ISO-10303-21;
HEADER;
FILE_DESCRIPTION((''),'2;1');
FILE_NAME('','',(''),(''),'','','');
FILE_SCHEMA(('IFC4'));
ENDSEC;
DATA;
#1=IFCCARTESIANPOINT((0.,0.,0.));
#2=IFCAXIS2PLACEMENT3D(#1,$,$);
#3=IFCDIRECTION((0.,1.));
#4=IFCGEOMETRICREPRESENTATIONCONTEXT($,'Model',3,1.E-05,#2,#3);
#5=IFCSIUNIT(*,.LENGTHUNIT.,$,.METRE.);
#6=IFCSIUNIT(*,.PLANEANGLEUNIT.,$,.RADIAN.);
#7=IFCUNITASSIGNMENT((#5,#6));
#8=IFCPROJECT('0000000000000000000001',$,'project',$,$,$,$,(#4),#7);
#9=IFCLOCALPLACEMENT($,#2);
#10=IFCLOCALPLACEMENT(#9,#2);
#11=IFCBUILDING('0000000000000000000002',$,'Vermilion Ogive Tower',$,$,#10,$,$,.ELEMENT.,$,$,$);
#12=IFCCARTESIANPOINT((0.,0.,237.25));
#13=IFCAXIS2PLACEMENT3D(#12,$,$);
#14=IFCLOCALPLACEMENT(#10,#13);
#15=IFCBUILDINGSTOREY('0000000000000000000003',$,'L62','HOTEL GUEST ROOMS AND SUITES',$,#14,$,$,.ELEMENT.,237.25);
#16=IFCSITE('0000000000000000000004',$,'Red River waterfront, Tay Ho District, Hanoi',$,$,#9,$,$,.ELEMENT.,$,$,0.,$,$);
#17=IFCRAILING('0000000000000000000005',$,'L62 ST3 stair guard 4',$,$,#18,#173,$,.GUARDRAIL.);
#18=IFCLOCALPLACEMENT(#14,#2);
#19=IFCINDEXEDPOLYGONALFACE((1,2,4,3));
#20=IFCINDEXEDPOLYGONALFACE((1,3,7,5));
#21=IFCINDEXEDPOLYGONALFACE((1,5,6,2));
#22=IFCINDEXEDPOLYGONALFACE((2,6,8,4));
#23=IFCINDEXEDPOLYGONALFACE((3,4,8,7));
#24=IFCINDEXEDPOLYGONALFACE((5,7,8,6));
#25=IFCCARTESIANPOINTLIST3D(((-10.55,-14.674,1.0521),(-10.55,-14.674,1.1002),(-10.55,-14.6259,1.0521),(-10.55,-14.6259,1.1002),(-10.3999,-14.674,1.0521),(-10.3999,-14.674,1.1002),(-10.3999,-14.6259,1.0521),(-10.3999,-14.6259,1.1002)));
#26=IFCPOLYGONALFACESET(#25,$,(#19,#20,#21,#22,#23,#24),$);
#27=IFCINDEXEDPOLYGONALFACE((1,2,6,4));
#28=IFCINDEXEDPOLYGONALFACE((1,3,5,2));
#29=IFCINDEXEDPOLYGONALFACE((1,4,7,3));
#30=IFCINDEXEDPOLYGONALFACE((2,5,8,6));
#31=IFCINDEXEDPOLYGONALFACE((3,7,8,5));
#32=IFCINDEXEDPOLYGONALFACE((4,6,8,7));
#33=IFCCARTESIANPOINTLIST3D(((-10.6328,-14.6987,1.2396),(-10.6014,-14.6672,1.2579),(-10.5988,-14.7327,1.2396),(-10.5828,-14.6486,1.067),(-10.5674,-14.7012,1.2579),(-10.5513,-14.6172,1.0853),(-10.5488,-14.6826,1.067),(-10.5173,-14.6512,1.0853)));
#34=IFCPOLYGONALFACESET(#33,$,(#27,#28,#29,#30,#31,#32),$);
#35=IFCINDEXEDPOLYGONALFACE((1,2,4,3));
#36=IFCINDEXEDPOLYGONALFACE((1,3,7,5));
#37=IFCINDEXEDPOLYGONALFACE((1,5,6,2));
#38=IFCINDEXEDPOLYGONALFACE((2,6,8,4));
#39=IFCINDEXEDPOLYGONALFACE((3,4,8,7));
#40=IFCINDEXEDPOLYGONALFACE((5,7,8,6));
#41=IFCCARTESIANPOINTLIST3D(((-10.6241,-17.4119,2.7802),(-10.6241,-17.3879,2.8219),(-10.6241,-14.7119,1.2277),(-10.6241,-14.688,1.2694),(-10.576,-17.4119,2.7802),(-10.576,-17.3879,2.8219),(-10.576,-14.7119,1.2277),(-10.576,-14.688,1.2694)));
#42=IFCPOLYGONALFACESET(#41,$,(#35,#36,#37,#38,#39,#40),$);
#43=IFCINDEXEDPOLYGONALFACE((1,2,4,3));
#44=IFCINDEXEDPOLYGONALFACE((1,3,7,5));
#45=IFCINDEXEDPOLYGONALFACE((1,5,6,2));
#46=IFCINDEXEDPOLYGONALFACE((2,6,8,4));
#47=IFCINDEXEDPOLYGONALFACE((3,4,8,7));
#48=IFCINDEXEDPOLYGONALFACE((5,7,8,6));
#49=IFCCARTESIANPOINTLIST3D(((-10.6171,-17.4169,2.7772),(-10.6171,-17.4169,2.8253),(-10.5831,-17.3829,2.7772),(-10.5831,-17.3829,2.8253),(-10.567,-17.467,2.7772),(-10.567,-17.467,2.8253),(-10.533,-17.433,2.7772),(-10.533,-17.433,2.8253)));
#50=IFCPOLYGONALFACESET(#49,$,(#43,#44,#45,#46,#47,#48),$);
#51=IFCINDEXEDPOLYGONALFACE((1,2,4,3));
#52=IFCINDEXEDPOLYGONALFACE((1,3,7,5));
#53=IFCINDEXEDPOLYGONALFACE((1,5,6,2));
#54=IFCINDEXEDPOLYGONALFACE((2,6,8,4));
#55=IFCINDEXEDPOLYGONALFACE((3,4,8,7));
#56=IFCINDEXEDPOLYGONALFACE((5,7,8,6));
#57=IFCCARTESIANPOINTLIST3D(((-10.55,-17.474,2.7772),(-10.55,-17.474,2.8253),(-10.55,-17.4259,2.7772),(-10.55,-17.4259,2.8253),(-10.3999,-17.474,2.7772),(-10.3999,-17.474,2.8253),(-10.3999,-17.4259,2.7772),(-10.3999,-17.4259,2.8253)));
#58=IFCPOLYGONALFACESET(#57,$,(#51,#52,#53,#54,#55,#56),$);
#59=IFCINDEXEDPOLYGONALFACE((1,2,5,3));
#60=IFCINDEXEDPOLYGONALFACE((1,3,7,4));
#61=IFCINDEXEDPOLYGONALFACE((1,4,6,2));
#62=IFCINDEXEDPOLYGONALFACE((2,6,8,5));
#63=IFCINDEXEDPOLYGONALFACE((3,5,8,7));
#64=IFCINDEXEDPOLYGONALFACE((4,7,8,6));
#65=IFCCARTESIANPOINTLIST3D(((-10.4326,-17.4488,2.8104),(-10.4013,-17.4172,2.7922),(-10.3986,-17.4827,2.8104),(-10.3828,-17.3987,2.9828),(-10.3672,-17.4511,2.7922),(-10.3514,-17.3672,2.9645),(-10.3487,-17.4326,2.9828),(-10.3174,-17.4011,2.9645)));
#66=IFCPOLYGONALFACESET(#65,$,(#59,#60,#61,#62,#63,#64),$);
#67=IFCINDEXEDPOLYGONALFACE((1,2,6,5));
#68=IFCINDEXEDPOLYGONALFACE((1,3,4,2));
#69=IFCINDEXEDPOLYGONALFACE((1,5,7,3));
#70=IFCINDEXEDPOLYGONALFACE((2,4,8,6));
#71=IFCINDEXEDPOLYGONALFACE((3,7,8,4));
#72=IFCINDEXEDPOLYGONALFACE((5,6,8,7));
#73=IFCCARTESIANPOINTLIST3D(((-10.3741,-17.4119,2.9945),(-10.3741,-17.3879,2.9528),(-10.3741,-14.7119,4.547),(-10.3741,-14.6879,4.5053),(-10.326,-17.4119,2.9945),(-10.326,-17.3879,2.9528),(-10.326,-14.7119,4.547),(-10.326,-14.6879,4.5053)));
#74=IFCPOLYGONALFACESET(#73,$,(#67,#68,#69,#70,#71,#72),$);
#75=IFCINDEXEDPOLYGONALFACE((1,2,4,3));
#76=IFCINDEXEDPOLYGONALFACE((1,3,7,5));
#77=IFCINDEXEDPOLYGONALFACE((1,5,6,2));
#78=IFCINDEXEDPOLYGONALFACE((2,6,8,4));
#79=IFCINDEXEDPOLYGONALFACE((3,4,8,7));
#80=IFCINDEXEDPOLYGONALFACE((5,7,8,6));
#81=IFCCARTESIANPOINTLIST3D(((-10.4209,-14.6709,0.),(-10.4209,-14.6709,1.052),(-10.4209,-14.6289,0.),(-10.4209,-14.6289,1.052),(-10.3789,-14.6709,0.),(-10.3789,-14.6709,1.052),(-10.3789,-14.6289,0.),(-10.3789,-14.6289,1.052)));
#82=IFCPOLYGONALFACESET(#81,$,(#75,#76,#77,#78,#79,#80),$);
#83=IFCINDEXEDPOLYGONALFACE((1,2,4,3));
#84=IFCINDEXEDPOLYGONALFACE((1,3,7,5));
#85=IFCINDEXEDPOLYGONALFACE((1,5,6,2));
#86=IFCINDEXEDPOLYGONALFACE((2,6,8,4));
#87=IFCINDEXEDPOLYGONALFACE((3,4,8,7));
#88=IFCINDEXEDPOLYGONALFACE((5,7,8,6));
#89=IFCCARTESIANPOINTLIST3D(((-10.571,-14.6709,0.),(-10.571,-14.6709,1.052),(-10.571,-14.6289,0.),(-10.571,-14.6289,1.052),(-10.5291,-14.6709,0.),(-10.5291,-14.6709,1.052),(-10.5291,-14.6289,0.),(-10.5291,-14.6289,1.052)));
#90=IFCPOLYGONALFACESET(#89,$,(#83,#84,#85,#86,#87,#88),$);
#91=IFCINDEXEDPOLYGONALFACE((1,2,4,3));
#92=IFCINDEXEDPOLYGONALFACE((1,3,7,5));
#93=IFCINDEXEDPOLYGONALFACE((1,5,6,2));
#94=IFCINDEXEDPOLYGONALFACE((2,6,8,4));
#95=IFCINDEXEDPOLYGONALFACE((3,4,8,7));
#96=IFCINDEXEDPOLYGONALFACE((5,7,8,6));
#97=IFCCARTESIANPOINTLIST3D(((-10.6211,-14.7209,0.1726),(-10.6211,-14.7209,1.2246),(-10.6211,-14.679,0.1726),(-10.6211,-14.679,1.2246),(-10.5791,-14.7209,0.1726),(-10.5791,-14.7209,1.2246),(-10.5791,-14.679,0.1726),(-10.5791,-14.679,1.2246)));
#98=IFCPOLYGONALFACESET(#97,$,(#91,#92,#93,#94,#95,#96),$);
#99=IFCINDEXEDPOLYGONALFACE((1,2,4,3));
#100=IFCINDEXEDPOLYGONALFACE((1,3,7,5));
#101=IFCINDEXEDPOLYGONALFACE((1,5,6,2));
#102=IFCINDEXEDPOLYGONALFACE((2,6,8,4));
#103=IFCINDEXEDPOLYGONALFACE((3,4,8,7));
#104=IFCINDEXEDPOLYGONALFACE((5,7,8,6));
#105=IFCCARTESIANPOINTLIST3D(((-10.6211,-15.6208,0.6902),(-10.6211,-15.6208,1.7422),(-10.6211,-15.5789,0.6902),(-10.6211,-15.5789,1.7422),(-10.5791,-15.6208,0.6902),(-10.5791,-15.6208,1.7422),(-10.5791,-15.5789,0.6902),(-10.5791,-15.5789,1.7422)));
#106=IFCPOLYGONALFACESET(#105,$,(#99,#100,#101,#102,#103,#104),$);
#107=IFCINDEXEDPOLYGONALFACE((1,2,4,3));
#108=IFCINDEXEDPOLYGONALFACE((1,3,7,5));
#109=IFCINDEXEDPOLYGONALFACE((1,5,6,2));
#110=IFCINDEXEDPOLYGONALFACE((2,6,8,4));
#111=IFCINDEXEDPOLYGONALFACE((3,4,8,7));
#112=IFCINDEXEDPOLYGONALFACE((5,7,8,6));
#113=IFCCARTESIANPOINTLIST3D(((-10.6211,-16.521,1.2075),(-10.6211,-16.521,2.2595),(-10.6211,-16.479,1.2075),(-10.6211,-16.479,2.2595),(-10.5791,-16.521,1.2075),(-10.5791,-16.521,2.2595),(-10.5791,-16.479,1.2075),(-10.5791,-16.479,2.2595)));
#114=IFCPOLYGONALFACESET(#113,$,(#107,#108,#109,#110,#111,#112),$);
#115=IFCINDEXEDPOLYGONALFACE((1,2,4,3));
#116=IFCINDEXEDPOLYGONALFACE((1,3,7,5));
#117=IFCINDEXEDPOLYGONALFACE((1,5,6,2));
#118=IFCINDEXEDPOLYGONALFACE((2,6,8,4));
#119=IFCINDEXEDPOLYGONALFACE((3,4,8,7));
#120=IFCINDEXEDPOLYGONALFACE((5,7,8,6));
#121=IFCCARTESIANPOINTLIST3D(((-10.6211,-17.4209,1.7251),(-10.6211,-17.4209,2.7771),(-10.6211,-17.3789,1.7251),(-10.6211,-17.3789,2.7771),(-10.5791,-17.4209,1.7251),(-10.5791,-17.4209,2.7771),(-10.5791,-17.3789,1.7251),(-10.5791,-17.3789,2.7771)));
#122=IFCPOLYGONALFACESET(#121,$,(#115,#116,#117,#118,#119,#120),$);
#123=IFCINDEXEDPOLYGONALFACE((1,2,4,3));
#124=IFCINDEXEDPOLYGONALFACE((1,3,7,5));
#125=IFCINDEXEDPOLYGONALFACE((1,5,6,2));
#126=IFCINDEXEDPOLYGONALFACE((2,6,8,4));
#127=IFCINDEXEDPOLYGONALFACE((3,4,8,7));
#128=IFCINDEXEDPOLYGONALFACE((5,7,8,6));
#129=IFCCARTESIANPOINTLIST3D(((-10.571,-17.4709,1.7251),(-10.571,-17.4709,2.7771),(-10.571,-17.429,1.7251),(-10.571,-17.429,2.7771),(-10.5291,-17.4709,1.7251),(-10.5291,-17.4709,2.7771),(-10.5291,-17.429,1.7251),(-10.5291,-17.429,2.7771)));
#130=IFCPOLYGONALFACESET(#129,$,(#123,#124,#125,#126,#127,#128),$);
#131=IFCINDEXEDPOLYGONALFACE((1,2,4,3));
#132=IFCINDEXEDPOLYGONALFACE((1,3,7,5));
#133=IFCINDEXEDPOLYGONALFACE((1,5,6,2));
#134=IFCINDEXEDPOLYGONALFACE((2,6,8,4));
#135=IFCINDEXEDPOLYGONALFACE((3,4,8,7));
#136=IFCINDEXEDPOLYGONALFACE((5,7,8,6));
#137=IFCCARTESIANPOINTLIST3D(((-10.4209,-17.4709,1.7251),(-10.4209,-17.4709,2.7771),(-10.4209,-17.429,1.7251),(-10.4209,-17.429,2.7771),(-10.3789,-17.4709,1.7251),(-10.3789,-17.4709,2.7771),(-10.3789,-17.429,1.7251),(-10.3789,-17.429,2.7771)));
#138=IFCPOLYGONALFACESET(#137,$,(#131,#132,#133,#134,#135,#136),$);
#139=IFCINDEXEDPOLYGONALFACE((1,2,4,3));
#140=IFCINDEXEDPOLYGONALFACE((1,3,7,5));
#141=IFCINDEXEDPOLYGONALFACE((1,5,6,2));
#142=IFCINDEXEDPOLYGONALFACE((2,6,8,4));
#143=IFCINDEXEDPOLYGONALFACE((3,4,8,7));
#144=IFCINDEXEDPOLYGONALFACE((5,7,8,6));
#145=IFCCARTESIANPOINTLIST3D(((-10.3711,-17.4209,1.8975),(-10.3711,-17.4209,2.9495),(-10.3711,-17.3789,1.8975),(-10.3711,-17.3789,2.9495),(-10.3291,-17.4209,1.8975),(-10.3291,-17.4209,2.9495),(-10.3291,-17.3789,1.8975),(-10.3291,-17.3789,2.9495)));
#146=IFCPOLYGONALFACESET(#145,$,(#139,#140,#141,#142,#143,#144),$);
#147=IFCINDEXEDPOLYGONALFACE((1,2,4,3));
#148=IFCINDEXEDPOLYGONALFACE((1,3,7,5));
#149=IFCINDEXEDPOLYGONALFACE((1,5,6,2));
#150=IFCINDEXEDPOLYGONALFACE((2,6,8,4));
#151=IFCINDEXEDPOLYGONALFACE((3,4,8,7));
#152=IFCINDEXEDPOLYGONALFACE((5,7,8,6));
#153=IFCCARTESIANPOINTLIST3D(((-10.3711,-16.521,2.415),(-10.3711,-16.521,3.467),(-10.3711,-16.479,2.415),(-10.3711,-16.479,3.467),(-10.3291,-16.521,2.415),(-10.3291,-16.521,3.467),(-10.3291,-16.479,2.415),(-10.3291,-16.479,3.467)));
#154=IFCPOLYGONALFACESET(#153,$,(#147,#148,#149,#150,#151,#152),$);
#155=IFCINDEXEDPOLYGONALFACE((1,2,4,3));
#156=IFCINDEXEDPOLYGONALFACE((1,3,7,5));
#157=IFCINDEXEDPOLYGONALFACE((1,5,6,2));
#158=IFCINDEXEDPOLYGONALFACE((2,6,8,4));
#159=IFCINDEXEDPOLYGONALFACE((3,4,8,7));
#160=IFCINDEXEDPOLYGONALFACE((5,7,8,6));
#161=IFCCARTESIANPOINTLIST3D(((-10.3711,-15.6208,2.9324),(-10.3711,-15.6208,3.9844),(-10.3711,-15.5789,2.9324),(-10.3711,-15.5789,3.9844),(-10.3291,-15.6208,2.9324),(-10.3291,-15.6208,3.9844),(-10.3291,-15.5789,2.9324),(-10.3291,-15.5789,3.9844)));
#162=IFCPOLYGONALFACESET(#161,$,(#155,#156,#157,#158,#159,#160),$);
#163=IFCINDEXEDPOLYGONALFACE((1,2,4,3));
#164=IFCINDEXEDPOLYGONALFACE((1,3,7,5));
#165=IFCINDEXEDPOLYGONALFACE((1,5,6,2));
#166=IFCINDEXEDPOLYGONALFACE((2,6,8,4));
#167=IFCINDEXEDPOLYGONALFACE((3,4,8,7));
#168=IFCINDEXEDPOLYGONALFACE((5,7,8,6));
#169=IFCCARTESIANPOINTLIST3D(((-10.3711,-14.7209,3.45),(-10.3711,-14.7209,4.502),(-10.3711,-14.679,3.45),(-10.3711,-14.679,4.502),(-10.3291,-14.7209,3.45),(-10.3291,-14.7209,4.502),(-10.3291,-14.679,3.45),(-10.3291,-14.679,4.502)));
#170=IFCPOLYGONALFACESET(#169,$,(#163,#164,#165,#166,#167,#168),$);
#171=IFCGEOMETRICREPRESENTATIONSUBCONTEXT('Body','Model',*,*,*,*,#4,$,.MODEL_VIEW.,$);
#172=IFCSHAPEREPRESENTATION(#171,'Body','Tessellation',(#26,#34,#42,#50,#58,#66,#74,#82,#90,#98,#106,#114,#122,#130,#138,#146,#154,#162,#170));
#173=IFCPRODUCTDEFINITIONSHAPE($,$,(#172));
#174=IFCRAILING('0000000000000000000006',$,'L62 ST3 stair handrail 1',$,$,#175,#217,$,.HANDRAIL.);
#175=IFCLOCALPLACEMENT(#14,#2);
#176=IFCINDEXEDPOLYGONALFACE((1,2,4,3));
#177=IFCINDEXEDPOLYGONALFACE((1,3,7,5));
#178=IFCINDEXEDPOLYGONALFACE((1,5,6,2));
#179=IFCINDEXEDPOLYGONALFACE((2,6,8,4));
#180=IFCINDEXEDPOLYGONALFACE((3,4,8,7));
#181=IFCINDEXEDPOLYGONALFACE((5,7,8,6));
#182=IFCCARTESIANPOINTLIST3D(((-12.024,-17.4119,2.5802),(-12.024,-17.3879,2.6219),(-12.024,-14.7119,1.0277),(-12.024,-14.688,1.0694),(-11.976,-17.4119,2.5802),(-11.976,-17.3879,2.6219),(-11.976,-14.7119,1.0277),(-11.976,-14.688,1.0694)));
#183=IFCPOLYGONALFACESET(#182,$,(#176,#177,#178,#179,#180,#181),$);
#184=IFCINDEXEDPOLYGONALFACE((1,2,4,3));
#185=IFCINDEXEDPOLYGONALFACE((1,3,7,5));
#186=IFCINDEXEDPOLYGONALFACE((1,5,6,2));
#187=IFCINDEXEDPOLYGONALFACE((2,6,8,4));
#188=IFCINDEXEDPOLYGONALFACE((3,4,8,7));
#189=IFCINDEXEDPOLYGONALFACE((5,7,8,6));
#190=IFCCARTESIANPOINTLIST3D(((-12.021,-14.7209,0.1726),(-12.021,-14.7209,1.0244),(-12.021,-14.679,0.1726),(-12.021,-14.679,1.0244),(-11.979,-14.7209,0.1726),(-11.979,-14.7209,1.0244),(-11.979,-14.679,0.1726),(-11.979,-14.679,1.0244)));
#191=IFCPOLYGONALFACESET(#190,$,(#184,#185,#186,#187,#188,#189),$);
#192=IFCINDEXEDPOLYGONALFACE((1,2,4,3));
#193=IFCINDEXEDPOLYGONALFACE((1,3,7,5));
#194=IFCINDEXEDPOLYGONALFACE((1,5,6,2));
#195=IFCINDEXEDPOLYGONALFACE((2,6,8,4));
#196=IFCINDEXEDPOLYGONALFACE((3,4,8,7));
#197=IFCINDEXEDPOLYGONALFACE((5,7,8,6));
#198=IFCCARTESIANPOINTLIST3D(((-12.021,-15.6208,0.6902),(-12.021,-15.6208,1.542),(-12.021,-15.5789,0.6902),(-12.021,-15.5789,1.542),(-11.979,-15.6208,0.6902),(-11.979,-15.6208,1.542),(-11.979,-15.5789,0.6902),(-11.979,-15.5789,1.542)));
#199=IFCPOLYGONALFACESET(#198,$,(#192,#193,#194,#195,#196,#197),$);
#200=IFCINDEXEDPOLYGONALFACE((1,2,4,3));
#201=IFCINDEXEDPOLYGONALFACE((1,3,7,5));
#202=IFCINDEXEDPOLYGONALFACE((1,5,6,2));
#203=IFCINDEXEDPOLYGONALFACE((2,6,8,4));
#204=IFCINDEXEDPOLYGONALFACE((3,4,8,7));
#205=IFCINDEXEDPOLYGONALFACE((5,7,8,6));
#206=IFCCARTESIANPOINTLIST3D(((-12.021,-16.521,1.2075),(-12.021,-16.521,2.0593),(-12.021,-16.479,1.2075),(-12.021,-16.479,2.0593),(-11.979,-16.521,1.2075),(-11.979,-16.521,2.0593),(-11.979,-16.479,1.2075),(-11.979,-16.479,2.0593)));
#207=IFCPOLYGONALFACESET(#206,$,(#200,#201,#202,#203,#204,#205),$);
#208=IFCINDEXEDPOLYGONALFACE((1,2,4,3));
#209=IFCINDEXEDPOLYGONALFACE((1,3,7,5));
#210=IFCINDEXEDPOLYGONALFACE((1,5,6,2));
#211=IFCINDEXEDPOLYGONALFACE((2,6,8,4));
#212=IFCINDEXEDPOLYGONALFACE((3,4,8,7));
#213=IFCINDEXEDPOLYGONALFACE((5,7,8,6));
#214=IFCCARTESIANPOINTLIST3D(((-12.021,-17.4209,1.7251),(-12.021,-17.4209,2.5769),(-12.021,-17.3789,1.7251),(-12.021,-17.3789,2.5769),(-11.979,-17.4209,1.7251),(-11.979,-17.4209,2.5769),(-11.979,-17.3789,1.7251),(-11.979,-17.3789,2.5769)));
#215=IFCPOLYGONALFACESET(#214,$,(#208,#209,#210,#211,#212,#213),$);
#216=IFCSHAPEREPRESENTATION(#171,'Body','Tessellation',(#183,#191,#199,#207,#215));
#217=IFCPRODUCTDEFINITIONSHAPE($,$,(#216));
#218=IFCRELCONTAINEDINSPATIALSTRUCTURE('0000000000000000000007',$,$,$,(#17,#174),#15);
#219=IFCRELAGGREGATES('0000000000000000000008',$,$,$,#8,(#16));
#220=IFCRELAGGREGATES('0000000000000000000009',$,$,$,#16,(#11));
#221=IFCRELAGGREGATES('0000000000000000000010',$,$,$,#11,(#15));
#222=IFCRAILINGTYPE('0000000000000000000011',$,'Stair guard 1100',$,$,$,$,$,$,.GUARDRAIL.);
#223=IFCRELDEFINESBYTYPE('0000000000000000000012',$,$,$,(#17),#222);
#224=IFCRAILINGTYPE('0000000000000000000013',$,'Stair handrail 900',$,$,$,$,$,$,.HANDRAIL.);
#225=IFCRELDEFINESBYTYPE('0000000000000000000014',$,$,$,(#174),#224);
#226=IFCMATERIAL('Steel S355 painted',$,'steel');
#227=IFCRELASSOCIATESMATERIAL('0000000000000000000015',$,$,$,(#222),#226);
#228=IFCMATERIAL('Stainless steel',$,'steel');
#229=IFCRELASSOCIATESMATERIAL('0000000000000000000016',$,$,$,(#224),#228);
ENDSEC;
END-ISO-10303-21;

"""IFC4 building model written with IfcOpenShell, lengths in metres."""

from ifc_helpers import new_model, si_unit, direction, frame, origin, origin_2d, place, context, subcontext, project, spatial, rectangle, extrude, material, type_object, element, save


model = new_model("IFC4")

# Units and contexts
model_context = context("Model", 3, precision=1e-05, world=origin(), true_north=direction((0.0, 1.0)))
body_context = subcontext(model_context, "Body", "Model", "MODEL_VIEW")
ifc_project = project(units=[si_unit("LENGTHUNIT", "METRE"), si_unit("PLANEANGLEUNIT", "RADIAN")], contexts=[model_context])

# Site, building, storey
site_placement = place(None, origin())
site = spatial("IfcSite", under=ifc_project, at=site_placement, Name="Red River waterfront, Tay Ho District, Hanoi", CompositionType="ELEMENT", RefElevation=0.0)
building_placement = place(site_placement, origin())
building = spatial("IfcBuilding", under=site, at=building_placement, Name="Vermilion Ogive Tower", CompositionType="ELEMENT")
storey_placement = place(building_placement, frame((0.0, 0.0, 237.25)))
storey = spatial("IfcBuildingStorey", under=building, at=storey_placement, Name="L62", Description="HOTEL GUEST ROOMS AND SUITES", CompositionType="ELEMENT", Elevation=237.25)

# Railings
ifc_material_1 = material(Name="Steel S355 painted", Category="steel")
railing_type_1 = type_object("IfcRailingType", Name="Stair guard 1100", PredefinedType="GUARDRAIL", material=ifc_material_1)
railing_1_placement = place(storey_placement, frame((-10.3999, -14.6499, 0.0)))
element("IfcRailing", 1, at=railing_1_placement, inside=storey, type_object=railing_type_1, Name="L62 ST3 stair guard 4", PredefinedType="GUARDRAIL", context=body_context, shape_type="SweptSolid", body=[
    extrude(rectangle(XDim=0.0481, YDim=0.0481, at=origin_2d()), frame((0.0, 0.0, 1.0762), z_axis=(-1.0, 0.0, 0.0), x_axis=(0.0, -1.0, 0.0)), (0.0, 0.0, 1.0), 0.1501),
    extrude(rectangle(XDim=0.0481, YDim=0.0481, at=origin_2d()), frame((-0.1501, 0.0, 1.0762), z_axis=(-0.268278, -0.268278, 0.925232), x_axis=(0.707107, -0.707107, 0.0)), (0.0, 0.0, 1.0), 0.1865),
    extrude(rectangle(XDim=0.0481, YDim=0.0481, at=origin_2d()), frame((-0.2002, -0.05, 1.2485), z_axis=(0.0, -0.866904, 0.498476), x_axis=(1.0, 0.0, 0.0)), (0.0, 0.0, 1.0), 3.1145),
    extrude(rectangle(XDim=0.0481, YDim=0.0481, at=origin_2d()), frame((-0.2002, -2.75, 2.8013), z_axis=(0.707107, -0.707107, 0.0), x_axis=(0.707107, 0.707107, 0.0)), (0.0, 0.0, 1.0), 0.0708),
    extrude(rectangle(XDim=0.0481, YDim=0.0481, at=origin_2d()), frame((-0.1501, -2.8, 2.8013), z_axis=(1.0, 0.0, 0.0), x_axis=(0.0, 1.0, 0.0)), (0.0, 0.0, 1.0), 0.1501),
    extrude(rectangle(XDim=0.0481, YDim=0.0481, at=origin_2d()), frame((0.0, -2.8, 2.8013), z_axis=(0.267387, 0.268698, 0.925368), x_axis=(-0.708834, 0.705376, 0.0)), (0.0, 0.0, 1.0), 0.1863),
    extrude(rectangle(XDim=0.0481, YDim=0.0481, at=origin_2d()), frame((0.0498, -2.75, 2.9736), z_axis=(0.0, 0.866904, 0.498476), x_axis=(-1.0, 0.0, 0.0)), (0.0, 0.0, 1.0), 3.1145),
    extrude(rectangle(XDim=0.042, YDim=0.042, at=origin_2d()), origin(), (0.0, 0.0, 1.0), 1.052),
    extrude(rectangle(XDim=0.042, YDim=0.042, at=origin_2d()), frame((-0.1501, 0.0, 0.0)), (0.0, 0.0, 1.0), 1.052),
    extrude(rectangle(XDim=0.042, YDim=0.042, at=origin_2d()), frame((-0.2002, -0.05, 0.1726)), (0.0, 0.0, 1.0), 1.052),
    extrude(rectangle(XDim=0.042, YDim=0.042, at=origin_2d()), frame((-0.2002, -0.95, 0.6902)), (0.0, 0.0, 1.0), 1.052),
    extrude(rectangle(XDim=0.042, YDim=0.042, at=origin_2d()), frame((-0.2002, -1.8501, 1.2075)), (0.0, 0.0, 1.0), 1.052),
    extrude(rectangle(XDim=0.042, YDim=0.042, at=origin_2d()), frame((-0.2002, -2.75, 1.7251)), (0.0, 0.0, 1.0), 1.052),
    extrude(rectangle(XDim=0.042, YDim=0.042, at=origin_2d()), frame((-0.1501, -2.8, 1.7251)), (0.0, 0.0, 1.0), 1.052),
    extrude(rectangle(XDim=0.042, YDim=0.042, at=origin_2d()), frame((0.0, -2.8, 1.7251)), (0.0, 0.0, 1.0), 1.052),
    extrude(rectangle(XDim=0.042, YDim=0.042, at=origin_2d()), frame((0.0498, -2.75, 1.8975)), (0.0, 0.0, 1.0), 1.052),
    extrude(rectangle(XDim=0.042, YDim=0.042, at=origin_2d()), frame((0.0498, -1.8501, 2.415)), (0.0, 0.0, 1.0), 1.052),
    extrude(rectangle(XDim=0.042, YDim=0.042, at=origin_2d()), frame((0.0498, -0.95, 2.9324)), (0.0, 0.0, 1.0), 1.052),
    extrude(rectangle(XDim=0.042, YDim=0.042, at=origin_2d()), frame((0.0498, -0.05, 3.45)), (0.0, 0.0, 1.0), 1.052),
])
ifc_material_2 = material(Name="Stainless steel", Category="steel")
railing_type_2 = type_object("IfcRailingType", Name="Stair handrail 900", PredefinedType="HANDRAIL", material=ifc_material_2)
railing_2_placement = place(storey_placement, frame((-12.0, -14.7, 0.1726)))
element("IfcRailing", 2, at=railing_2_placement, inside=storey, type_object=railing_type_2, Name="L62 ST3 stair handrail 1", PredefinedType="HANDRAIL", context=body_context, shape_type="SweptSolid", body=[
    extrude(rectangle(XDim=0.0481, YDim=0.0481, at=origin_2d()), frame((0.0, 0.0, 0.876), z_axis=(0.0, -0.866904, 0.498476), x_axis=(1.0, 0.0, 0.0)), (0.0, 0.0, 1.0), 3.1145),
    extrude(rectangle(XDim=0.042, YDim=0.042, at=origin_2d()), origin(), (0.0, 0.0, 1.0), 0.8518),
    extrude(rectangle(XDim=0.042, YDim=0.042, at=origin_2d()), frame((0.0, -0.8999, 0.5176)), (0.0, 0.0, 1.0), 0.8518),
    extrude(rectangle(XDim=0.042, YDim=0.042, at=origin_2d()), frame((0.0, -1.8, 1.0349)), (0.0, 0.0, 1.0), 0.8518),
    extrude(rectangle(XDim=0.042, YDim=0.042, at=origin_2d()), frame((0.0, -2.7, 1.5525)), (0.0, 0.0, 1.0), 0.8518),
])

save(model, "model.ifc")
